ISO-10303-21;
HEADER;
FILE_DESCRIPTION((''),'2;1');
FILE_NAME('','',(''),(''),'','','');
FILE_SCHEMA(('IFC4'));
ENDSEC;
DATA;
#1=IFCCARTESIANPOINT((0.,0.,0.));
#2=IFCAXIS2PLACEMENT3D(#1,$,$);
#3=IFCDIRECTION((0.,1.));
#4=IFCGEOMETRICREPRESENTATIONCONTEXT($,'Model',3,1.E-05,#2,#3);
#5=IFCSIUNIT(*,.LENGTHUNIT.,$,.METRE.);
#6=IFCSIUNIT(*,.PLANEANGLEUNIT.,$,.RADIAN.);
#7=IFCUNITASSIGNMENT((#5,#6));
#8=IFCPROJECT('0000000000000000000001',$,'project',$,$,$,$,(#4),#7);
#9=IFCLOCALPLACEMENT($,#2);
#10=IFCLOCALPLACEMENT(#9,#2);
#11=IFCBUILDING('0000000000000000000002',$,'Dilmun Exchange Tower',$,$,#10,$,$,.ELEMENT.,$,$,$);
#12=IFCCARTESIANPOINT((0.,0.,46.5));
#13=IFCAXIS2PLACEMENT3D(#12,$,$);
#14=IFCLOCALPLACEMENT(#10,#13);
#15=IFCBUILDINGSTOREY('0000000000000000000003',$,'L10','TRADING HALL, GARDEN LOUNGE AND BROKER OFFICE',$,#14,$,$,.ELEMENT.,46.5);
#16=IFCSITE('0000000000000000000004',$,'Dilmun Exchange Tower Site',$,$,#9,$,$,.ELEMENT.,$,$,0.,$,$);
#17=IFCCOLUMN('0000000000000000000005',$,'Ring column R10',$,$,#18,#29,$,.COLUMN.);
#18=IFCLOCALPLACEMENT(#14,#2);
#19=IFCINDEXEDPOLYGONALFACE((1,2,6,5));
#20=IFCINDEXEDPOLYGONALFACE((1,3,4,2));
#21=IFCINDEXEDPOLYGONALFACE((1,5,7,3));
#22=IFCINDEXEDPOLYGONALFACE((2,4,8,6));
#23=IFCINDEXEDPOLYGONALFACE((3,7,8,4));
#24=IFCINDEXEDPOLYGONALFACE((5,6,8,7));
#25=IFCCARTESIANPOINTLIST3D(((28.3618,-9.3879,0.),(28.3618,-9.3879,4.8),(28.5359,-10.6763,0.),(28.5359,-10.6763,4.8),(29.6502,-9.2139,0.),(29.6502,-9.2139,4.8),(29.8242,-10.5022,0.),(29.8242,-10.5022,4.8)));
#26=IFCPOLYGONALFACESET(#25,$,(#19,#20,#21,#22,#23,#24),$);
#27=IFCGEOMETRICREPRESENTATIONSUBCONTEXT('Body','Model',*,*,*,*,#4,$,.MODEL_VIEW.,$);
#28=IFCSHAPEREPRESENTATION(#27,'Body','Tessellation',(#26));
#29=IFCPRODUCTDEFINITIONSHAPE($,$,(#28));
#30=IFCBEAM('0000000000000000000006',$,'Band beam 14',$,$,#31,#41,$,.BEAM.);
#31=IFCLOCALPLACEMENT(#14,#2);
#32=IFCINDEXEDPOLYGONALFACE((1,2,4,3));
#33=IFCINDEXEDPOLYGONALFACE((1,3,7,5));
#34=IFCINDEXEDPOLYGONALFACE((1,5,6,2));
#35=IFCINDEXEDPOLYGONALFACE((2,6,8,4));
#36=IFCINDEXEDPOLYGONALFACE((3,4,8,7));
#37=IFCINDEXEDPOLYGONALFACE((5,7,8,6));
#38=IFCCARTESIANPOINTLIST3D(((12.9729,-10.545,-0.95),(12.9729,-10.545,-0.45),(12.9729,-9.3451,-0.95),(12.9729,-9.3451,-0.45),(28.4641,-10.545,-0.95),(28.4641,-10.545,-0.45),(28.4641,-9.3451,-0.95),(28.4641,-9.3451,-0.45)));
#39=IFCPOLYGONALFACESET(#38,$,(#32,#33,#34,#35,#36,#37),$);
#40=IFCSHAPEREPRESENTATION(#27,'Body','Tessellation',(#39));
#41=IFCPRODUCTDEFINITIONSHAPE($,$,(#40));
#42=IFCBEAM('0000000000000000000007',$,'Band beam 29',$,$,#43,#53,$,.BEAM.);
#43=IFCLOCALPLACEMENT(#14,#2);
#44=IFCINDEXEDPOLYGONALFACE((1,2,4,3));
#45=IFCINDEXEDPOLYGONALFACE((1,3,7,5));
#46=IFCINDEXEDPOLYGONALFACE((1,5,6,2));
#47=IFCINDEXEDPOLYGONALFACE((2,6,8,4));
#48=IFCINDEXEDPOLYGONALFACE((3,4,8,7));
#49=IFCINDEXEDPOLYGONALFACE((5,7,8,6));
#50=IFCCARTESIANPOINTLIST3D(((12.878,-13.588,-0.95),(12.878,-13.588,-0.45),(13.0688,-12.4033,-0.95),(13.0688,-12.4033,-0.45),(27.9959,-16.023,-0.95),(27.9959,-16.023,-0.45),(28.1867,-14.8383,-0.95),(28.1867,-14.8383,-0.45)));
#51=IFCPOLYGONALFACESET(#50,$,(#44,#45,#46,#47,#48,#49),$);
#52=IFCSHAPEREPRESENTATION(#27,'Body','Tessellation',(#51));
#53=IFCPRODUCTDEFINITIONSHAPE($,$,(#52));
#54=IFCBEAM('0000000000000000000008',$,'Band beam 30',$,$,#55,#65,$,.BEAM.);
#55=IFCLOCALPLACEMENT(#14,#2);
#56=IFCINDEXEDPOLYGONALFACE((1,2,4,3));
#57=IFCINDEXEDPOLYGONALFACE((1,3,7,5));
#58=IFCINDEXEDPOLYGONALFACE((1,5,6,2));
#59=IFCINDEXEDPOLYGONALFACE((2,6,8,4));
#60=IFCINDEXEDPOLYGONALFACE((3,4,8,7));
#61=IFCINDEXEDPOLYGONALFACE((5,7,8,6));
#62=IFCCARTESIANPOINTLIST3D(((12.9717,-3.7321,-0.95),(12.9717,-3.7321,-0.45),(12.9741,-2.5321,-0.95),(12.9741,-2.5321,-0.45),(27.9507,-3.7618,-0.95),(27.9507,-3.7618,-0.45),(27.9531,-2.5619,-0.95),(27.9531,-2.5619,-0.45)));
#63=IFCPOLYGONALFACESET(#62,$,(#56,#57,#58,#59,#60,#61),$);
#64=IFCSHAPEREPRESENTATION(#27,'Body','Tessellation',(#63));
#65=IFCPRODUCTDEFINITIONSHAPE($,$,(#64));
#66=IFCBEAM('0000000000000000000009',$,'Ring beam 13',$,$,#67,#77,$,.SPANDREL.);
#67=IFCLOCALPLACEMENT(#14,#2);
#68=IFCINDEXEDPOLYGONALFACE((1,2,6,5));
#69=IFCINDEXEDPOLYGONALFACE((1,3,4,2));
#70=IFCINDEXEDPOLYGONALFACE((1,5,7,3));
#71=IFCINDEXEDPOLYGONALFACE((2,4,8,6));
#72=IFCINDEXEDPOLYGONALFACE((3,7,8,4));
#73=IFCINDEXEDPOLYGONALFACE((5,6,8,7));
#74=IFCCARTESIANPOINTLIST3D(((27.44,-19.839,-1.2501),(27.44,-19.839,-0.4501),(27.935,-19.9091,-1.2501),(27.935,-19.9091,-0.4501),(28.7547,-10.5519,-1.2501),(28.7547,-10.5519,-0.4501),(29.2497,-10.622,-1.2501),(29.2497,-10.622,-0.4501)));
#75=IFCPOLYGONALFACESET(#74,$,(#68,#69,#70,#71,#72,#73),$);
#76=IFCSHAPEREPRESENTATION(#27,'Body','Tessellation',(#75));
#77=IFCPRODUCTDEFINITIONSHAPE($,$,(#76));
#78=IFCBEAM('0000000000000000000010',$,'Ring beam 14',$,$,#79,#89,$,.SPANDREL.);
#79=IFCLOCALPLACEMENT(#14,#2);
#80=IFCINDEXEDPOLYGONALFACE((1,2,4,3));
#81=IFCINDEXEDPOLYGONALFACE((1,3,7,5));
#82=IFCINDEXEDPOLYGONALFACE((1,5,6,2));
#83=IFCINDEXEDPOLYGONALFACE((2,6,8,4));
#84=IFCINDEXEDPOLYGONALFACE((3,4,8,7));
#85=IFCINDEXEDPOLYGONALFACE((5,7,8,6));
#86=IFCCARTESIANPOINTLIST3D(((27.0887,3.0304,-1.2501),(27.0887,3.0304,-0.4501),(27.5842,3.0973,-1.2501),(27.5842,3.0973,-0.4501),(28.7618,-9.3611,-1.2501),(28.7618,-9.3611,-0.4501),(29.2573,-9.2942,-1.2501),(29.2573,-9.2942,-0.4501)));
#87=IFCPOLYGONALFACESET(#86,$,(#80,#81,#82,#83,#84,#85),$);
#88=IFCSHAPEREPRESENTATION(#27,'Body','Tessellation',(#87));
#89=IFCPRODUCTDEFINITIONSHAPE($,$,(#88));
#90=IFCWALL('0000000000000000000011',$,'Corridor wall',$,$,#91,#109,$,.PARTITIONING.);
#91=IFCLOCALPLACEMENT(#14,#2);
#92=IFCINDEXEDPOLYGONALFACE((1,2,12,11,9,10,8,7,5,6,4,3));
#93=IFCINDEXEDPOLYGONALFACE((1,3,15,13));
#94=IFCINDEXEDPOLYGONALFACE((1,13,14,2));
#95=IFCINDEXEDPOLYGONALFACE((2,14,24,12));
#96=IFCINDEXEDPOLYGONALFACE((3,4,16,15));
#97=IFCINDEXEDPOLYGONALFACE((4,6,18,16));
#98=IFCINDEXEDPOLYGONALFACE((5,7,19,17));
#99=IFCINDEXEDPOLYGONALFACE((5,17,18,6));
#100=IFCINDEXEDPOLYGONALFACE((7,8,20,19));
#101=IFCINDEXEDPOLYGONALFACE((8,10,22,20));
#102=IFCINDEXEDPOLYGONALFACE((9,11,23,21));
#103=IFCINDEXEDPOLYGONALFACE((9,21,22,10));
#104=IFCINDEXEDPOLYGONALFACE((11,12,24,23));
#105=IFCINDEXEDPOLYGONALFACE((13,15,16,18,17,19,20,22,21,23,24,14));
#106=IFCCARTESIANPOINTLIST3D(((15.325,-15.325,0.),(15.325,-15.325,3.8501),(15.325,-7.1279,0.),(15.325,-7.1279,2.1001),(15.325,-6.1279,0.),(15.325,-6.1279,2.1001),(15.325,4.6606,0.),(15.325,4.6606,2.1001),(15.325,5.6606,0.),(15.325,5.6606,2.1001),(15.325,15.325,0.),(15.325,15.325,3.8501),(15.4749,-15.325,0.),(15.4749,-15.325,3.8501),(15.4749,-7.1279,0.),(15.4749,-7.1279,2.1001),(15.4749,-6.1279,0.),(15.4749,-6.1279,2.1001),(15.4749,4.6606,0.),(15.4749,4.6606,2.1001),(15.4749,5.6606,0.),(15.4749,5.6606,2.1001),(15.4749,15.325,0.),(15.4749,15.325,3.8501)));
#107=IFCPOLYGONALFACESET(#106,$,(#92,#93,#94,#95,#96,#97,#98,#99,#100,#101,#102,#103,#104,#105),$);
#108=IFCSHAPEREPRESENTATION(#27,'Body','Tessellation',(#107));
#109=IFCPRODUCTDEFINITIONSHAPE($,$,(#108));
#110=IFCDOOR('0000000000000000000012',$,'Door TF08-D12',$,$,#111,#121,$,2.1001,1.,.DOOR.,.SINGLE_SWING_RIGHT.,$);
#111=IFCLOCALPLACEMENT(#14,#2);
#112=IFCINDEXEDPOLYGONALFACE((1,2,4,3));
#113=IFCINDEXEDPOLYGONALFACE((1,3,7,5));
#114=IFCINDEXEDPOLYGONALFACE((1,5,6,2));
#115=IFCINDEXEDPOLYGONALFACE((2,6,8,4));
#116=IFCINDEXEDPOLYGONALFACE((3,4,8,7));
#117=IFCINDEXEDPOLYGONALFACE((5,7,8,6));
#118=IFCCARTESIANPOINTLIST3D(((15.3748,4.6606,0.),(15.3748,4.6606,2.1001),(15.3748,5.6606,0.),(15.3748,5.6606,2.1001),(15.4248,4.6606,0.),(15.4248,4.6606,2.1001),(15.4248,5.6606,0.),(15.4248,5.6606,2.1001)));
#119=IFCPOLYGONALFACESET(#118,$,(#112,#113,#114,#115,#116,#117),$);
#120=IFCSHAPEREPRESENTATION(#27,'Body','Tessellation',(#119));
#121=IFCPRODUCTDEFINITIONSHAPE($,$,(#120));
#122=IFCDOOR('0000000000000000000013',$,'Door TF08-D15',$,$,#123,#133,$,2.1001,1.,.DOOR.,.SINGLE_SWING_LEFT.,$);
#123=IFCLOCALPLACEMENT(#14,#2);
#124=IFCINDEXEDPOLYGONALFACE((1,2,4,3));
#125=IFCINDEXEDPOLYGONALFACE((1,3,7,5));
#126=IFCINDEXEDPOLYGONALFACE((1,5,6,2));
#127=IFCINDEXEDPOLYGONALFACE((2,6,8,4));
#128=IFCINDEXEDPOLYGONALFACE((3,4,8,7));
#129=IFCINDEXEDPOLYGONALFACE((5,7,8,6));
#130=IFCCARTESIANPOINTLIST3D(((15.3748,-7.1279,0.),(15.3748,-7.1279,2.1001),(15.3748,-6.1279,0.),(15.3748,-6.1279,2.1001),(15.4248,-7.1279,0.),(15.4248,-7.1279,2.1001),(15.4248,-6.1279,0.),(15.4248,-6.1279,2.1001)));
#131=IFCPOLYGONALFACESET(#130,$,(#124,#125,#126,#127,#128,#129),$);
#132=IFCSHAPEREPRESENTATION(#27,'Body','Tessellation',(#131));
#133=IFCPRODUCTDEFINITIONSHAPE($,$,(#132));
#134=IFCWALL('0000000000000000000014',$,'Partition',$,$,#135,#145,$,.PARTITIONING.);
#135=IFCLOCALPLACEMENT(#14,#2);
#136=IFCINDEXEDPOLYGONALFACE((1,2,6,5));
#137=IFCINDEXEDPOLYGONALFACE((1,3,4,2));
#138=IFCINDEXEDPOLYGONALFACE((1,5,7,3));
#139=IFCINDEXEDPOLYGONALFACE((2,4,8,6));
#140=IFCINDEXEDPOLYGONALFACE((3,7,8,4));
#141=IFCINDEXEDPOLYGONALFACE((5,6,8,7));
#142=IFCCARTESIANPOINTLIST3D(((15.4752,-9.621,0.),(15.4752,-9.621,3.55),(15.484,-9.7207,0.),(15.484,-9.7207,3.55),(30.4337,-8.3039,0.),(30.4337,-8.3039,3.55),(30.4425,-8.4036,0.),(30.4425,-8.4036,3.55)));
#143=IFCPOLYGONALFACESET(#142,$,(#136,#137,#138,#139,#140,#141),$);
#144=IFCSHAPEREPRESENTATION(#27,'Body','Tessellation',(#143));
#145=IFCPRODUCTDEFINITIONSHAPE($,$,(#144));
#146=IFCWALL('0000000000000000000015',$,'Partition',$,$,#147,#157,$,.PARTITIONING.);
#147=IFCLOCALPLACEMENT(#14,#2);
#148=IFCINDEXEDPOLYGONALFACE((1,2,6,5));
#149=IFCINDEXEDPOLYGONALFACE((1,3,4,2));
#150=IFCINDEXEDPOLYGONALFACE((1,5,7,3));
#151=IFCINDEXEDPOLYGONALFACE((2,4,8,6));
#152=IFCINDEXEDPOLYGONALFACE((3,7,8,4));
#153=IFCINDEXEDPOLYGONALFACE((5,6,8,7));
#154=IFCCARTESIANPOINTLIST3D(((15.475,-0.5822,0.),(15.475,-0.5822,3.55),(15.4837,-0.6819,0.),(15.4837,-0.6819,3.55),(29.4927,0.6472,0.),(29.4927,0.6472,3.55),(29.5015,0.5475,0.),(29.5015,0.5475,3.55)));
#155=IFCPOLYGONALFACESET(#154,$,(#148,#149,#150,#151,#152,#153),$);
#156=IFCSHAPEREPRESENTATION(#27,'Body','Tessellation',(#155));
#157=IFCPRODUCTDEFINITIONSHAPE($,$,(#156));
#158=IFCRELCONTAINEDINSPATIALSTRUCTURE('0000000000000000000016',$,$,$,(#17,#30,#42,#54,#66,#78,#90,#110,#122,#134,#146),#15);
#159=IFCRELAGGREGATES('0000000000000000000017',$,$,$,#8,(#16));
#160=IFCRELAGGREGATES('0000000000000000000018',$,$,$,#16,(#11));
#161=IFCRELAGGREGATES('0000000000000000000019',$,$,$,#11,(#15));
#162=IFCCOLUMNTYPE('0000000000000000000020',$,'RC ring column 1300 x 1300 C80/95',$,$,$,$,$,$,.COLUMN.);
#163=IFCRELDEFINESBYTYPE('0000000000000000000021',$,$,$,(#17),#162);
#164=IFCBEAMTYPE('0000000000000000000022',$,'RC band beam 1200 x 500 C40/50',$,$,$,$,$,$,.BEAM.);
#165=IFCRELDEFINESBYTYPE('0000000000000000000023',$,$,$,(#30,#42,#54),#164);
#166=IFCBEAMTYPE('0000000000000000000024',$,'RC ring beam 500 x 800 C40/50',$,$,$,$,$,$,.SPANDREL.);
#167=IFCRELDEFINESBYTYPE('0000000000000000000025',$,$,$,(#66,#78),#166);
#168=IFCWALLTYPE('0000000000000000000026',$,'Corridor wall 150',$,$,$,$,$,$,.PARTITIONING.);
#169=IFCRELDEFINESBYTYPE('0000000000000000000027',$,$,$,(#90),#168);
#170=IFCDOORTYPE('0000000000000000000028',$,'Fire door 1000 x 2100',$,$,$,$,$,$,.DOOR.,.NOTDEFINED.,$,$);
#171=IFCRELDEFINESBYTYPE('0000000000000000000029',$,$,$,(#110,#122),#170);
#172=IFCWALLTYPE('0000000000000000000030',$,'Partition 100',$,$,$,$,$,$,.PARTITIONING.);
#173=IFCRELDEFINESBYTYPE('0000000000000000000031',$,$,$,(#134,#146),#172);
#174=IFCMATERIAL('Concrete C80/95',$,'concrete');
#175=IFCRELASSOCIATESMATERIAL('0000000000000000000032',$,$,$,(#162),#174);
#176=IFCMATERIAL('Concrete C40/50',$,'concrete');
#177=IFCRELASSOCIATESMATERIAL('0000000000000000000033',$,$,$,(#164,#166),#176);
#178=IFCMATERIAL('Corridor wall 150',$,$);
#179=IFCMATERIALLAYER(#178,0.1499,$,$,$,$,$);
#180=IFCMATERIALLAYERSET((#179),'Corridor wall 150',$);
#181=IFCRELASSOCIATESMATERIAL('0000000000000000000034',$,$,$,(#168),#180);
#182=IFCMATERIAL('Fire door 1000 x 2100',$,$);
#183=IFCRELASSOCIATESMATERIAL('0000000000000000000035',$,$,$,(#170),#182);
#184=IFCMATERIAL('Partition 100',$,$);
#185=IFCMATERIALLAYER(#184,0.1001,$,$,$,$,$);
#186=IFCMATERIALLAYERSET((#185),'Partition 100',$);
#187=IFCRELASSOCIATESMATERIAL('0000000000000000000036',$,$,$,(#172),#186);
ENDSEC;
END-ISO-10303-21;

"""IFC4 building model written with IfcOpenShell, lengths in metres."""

from ifc_helpers import new_model, si_unit, direction, frame, frame_2d, origin, origin_2d, place, context, subcontext, project, spatial, rectangle, extrude, material, layer, layer_set, material_profile, profile_set, type_object, element, fill, save


model = new_model("IFC4")

# Units and contexts
model_context = context("Model", 3, precision=1e-05, world=origin(), true_north=direction((0.0, 1.0)))
body_context = subcontext(model_context, "Body", "Model", "MODEL_VIEW")
ifc_project = project(units=[si_unit("LENGTHUNIT", "METRE"), si_unit("PLANEANGLEUNIT", "RADIAN")], contexts=[model_context])

# Site, building, storey
site_placement = place(None, origin())
site = spatial("IfcSite", under=ifc_project, at=site_placement, Name="Dilmun Exchange Tower Site", CompositionType="ELEMENT", RefElevation=0.0)
building_placement = place(site_placement, origin())
building = spatial("IfcBuilding", under=site, at=building_placement, Name="Dilmun Exchange Tower", CompositionType="ELEMENT")
storey_placement = place(building_placement, frame((0.0, 0.0, 46.5)))
storey = spatial("IfcBuildingStorey", under=building, at=storey_placement, Name="L10", Description="TRADING HALL, GARDEN LOUNGE AND BROKER OFFICE", CompositionType="ELEMENT", Elevation=46.5)

# Column
ifc_material_1 = material(Name="Concrete C80/95", Category="concrete")
ifc_material_profile_1 = material_profile(ifc_material_1, rectangle(XDim=1.3, YDim=1.3, at=origin_2d()), Name="1300 x 1300")
ifc_profile_set_1 = profile_set([ifc_material_profile_1], Name="Concrete C80/95")
column_type = type_object("IfcColumnType", Name="RC ring column 1300 x 1300 C80/95", PredefinedType="COLUMN", material=ifc_profile_set_1)
column_placement = place(storey_placement, frame((29.093, -9.9451, 0.0), z_axis=(0.0, 0.0, 1.0), x_axis=(0.991001, 0.133853, 0.0)))
element("IfcColumn", 1, at=column_placement, inside=storey, type_object=column_type, Name="Ring column R10", PredefinedType="COLUMN", context=body_context, shape_type="SweptSolid", body=[
    extrude(rectangle(XDim=1.3, YDim=1.3, at=origin_2d()), origin(), (0.0, 0.0, 1.0), 4.8),
])

# Beams
ifc_material_2 = material(Name="Concrete C40/50", Category="concrete")
ifc_material_profile_2 = material_profile(ifc_material_2, rectangle(XDim=1.2, YDim=0.5, at=origin_2d()), Name="1200 x 500")
ifc_profile_set_2 = profile_set([ifc_material_profile_2], Name="Concrete C40/50")
beam_type_1 = type_object("IfcBeamType", Name="RC band beam 1200 x 500 C40/50", PredefinedType="BEAM", material=ifc_profile_set_2)
beam_1_placement = place(storey_placement, frame((28.4641, -9.9451, -0.7), z_axis=(-1.0, 0.0, 0.0), x_axis=(0.0, -1.0, 0.0)))
element("IfcBeam", 2, at=beam_1_placement, inside=storey, type_object=beam_type_1, Name="Band beam 14", PredefinedType="BEAM", context=body_context, shape_type="SweptSolid", body=[
    extrude(rectangle(XDim=1.2, YDim=0.5, at=origin_2d()), origin(), (0.0, 0.0, 1.0), 15.4912),
])
beam_2_placement = place(storey_placement, frame((28.0913, -15.4307, -0.7), z_axis=(-0.987275, 0.159021, 0.0), x_axis=(-0.159021, -0.987275, 0.0)))
element("IfcBeam", 3, at=beam_2_placement, inside=storey, type_object=beam_type_1, Name="Band beam 29", PredefinedType="BEAM", context=body_context, shape_type="SweptSolid", body=[
    extrude(rectangle(XDim=1.2, YDim=0.5, at=origin_2d()), origin(), (0.0, 0.0, 1.0), 15.3127),
])
beam_3_placement = place(storey_placement, frame((27.9519, -3.1619, -0.7), z_axis=(-0.999998, 0.001988, 0.0), x_axis=(-0.001988, -0.999998, 0.0)))
element("IfcBeam", 4, at=beam_3_placement, inside=storey, type_object=beam_type_1, Name="Band beam 30", PredefinedType="BEAM", context=body_context, shape_type="SweptSolid", body=[
    extrude(rectangle(XDim=1.2, YDim=0.5, at=origin_2d()), origin(), (0.0, 0.0, 1.0), 14.979),
])
ifc_material_profile_3 = material_profile(ifc_material_2, rectangle(XDim=0.5, YDim=0.8, at=origin_2d()), Name="500 x 800")
ifc_profile_set_3 = profile_set([ifc_material_profile_3], Name="Concrete C40/50")
beam_type_2 = type_object("IfcBeamType", Name="RC ring beam 500 x 800 C40/50", PredefinedType="SPANDREL", material=ifc_profile_set_3)
beam_4_placement = place(storey_placement, frame((27.6875, -19.874, -0.8501), z_axis=(0.140164, 0.990128, 0.0), x_axis=(-0.990128, 0.140164, 0.0)))
element("IfcBeam", 5, at=beam_4_placement, inside=storey, type_object=beam_type_2, Name="Ring beam 13", PredefinedType="SPANDREL", context=body_context, shape_type="SweptSolid", body=[
    extrude(rectangle(XDim=0.5, YDim=0.8, at=origin_2d()), origin(), (0.0, 0.0, 1.0), 9.3796),
])
beam_5_placement = place(storey_placement, frame((29.0095, -9.3276, -0.8501), z_axis=(-0.133807, 0.991007, 0.0), x_axis=(-0.991007, -0.133807, 0.0)))
element("IfcBeam", 6, at=beam_5_placement, inside=storey, type_object=beam_type_2, Name="Ring beam 14", PredefinedType="SPANDREL", context=body_context, shape_type="SweptSolid", body=[
    extrude(rectangle(XDim=0.5, YDim=0.8, at=origin_2d()), origin(), (0.0, 0.0, 1.0), 12.5039),
])

# Wall, openings, doors
ifc_material_3 = material(Name="Corridor wall 150")
ifc_layer_1 = layer(ifc_material_3, 0.1499)
ifc_layer_set_1 = layer_set([ifc_layer_1], Name="Corridor wall 150")
wall_type_1 = type_object("IfcWallType", Name="Corridor wall 150", PredefinedType="PARTITIONING", material=ifc_layer_set_1)
wall_1_placement = place(storey_placement, frame((15.3999, -15.325, 0.0), z_axis=(0.0, 0.0, 1.0), x_axis=(0.0, 1.0, 0.0)))
wall_1 = element("IfcWall", 7, at=wall_1_placement, inside=storey, type_object=wall_type_1, Name="Corridor wall", PredefinedType="PARTITIONING", context=body_context, shape_type="SweptSolid", body=[
    extrude(rectangle(XDim=30.6499, YDim=0.1499, at=frame_2d((15.325, 0.0))), origin(), (0.0, 0.0, 1.0), 3.8501),
])
opening_1_placement = place(wall_1_placement, frame((19.9856, 0.0, 0.0)))
opening_1 = element("IfcOpeningElement", 8, at=opening_1_placement, cuts=wall_1, PredefinedType="OPENING", context=body_context, shape_type="SweptSolid", body=[
    extrude(rectangle(XDim=1.0, YDim=2.1001, at=frame_2d((0.5, 1.05))), frame((0.0, 0.085, 0.0), z_axis=(0.0, -1.0, 0.0), x_axis=(1.0, 0.0, 0.0)), (0.0, 0.0, 1.0), 0.1699),
])
opening_2_placement = place(wall_1_placement, frame((8.197, 0.0, 0.0)))
opening_2 = element("IfcOpeningElement", 9, at=opening_2_placement, cuts=wall_1, PredefinedType="OPENING", context=body_context, shape_type="SweptSolid", body=[
    extrude(rectangle(XDim=1.0, YDim=2.1001, at=frame_2d((0.5, 1.05))), frame((0.0, 0.085, 0.0), z_axis=(0.0, -1.0, 0.0), x_axis=(1.0, 0.0, 0.0)), (0.0, 0.0, 1.0), 0.1699),
])
ifc_material_4 = material(Name="Fire door 1000 x 2100")
door_type_1 = type_object("IfcDoorType", Name="Fire door 1000 x 2100", OperationType="NOTDEFINED", PredefinedType="DOOR", material=ifc_material_4)
door_1_placement = place(opening_1_placement, frame((1.0, 0.0, 0.0), z_axis=(0.0, 0.0, 1.0), x_axis=(-1.0, 0.0, 0.0)))
door_1 = element("IfcDoor", 10, at=door_1_placement, inside=storey, type_object=door_type_1, Name="Door TF08-D12", OperationType="SINGLE_SWING_RIGHT", OverallHeight=2.1001, OverallWidth=1.0, PredefinedType="DOOR", context=body_context, shape_type="SweptSolid", body=[
    extrude(rectangle(XDim=1.0, YDim=2.1001, at=frame_2d((0.5, 1.05))), frame((0.0, 0.0249, 0.0), z_axis=(0.0, -1.0, 0.0), x_axis=(1.0, 0.0, 0.0)), (0.0, 0.0, 1.0), 0.05),
])
fill(opening_1, door_1)
door_2_placement = place(opening_2_placement, frame((1.0, 0.0, 0.0), z_axis=(0.0, 0.0, 1.0), x_axis=(-1.0, 0.0, 0.0)))
door_2 = element("IfcDoor", 11, at=door_2_placement, inside=storey, type_object=door_type_1, Name="Door TF08-D15", OperationType="SINGLE_SWING_LEFT", OverallHeight=2.1001, OverallWidth=1.0, PredefinedType="DOOR", context=body_context, shape_type="SweptSolid", body=[
    extrude(rectangle(XDim=1.0, YDim=2.1001, at=frame_2d((0.5, 1.05))), frame((0.0, 0.0249, 0.0), z_axis=(0.0, -1.0, 0.0), x_axis=(1.0, 0.0, 0.0)), (0.0, 0.0, 1.0), 0.05),
])
fill(opening_2, door_2)

# Walls
ifc_material_5 = material(Name="Partition 100")
ifc_layer_2 = layer(ifc_material_5, 0.1001)
ifc_layer_set_2 = layer_set([ifc_layer_2], Name="Partition 100")
wall_type_2 = type_object("IfcWallType", Name="Partition 100", PredefinedType="PARTITIONING", material=ifc_layer_set_2)
wall_2_placement = place(storey_placement, frame((15.4795, -9.6709, 0.0), z_axis=(0.0, 0.0, 1.0), x_axis=(0.996146, 0.087714, 0.0)))
element("IfcWall", 12, at=wall_2_placement, inside=storey, type_object=wall_type_2, Name="Partition", PredefinedType="PARTITIONING", context=body_context, shape_type="SweptSolid", body=[
    extrude(rectangle(XDim=15.0164, YDim=0.1001, at=frame_2d((7.5083, 0.0))), origin(), (0.0, 0.0, 1.0), 3.55),
])
wall_3_placement = place(storey_placement, frame((15.4795, -0.6321, 0.0), z_axis=(0.0, 0.0, 1.0), x_axis=(0.996176, 0.087374, 0.0)))
element("IfcWall", 13, at=wall_3_placement, inside=storey, type_object=wall_type_2, Name="Partition", PredefinedType="PARTITIONING", context=body_context, shape_type="SweptSolid", body=[
    extrude(rectangle(XDim=14.0715, YDim=0.1001, at=frame_2d((7.0356, 0.0))), origin(), (0.0, 0.0, 1.0), 3.55),
])

save(model, "model.ifc")
